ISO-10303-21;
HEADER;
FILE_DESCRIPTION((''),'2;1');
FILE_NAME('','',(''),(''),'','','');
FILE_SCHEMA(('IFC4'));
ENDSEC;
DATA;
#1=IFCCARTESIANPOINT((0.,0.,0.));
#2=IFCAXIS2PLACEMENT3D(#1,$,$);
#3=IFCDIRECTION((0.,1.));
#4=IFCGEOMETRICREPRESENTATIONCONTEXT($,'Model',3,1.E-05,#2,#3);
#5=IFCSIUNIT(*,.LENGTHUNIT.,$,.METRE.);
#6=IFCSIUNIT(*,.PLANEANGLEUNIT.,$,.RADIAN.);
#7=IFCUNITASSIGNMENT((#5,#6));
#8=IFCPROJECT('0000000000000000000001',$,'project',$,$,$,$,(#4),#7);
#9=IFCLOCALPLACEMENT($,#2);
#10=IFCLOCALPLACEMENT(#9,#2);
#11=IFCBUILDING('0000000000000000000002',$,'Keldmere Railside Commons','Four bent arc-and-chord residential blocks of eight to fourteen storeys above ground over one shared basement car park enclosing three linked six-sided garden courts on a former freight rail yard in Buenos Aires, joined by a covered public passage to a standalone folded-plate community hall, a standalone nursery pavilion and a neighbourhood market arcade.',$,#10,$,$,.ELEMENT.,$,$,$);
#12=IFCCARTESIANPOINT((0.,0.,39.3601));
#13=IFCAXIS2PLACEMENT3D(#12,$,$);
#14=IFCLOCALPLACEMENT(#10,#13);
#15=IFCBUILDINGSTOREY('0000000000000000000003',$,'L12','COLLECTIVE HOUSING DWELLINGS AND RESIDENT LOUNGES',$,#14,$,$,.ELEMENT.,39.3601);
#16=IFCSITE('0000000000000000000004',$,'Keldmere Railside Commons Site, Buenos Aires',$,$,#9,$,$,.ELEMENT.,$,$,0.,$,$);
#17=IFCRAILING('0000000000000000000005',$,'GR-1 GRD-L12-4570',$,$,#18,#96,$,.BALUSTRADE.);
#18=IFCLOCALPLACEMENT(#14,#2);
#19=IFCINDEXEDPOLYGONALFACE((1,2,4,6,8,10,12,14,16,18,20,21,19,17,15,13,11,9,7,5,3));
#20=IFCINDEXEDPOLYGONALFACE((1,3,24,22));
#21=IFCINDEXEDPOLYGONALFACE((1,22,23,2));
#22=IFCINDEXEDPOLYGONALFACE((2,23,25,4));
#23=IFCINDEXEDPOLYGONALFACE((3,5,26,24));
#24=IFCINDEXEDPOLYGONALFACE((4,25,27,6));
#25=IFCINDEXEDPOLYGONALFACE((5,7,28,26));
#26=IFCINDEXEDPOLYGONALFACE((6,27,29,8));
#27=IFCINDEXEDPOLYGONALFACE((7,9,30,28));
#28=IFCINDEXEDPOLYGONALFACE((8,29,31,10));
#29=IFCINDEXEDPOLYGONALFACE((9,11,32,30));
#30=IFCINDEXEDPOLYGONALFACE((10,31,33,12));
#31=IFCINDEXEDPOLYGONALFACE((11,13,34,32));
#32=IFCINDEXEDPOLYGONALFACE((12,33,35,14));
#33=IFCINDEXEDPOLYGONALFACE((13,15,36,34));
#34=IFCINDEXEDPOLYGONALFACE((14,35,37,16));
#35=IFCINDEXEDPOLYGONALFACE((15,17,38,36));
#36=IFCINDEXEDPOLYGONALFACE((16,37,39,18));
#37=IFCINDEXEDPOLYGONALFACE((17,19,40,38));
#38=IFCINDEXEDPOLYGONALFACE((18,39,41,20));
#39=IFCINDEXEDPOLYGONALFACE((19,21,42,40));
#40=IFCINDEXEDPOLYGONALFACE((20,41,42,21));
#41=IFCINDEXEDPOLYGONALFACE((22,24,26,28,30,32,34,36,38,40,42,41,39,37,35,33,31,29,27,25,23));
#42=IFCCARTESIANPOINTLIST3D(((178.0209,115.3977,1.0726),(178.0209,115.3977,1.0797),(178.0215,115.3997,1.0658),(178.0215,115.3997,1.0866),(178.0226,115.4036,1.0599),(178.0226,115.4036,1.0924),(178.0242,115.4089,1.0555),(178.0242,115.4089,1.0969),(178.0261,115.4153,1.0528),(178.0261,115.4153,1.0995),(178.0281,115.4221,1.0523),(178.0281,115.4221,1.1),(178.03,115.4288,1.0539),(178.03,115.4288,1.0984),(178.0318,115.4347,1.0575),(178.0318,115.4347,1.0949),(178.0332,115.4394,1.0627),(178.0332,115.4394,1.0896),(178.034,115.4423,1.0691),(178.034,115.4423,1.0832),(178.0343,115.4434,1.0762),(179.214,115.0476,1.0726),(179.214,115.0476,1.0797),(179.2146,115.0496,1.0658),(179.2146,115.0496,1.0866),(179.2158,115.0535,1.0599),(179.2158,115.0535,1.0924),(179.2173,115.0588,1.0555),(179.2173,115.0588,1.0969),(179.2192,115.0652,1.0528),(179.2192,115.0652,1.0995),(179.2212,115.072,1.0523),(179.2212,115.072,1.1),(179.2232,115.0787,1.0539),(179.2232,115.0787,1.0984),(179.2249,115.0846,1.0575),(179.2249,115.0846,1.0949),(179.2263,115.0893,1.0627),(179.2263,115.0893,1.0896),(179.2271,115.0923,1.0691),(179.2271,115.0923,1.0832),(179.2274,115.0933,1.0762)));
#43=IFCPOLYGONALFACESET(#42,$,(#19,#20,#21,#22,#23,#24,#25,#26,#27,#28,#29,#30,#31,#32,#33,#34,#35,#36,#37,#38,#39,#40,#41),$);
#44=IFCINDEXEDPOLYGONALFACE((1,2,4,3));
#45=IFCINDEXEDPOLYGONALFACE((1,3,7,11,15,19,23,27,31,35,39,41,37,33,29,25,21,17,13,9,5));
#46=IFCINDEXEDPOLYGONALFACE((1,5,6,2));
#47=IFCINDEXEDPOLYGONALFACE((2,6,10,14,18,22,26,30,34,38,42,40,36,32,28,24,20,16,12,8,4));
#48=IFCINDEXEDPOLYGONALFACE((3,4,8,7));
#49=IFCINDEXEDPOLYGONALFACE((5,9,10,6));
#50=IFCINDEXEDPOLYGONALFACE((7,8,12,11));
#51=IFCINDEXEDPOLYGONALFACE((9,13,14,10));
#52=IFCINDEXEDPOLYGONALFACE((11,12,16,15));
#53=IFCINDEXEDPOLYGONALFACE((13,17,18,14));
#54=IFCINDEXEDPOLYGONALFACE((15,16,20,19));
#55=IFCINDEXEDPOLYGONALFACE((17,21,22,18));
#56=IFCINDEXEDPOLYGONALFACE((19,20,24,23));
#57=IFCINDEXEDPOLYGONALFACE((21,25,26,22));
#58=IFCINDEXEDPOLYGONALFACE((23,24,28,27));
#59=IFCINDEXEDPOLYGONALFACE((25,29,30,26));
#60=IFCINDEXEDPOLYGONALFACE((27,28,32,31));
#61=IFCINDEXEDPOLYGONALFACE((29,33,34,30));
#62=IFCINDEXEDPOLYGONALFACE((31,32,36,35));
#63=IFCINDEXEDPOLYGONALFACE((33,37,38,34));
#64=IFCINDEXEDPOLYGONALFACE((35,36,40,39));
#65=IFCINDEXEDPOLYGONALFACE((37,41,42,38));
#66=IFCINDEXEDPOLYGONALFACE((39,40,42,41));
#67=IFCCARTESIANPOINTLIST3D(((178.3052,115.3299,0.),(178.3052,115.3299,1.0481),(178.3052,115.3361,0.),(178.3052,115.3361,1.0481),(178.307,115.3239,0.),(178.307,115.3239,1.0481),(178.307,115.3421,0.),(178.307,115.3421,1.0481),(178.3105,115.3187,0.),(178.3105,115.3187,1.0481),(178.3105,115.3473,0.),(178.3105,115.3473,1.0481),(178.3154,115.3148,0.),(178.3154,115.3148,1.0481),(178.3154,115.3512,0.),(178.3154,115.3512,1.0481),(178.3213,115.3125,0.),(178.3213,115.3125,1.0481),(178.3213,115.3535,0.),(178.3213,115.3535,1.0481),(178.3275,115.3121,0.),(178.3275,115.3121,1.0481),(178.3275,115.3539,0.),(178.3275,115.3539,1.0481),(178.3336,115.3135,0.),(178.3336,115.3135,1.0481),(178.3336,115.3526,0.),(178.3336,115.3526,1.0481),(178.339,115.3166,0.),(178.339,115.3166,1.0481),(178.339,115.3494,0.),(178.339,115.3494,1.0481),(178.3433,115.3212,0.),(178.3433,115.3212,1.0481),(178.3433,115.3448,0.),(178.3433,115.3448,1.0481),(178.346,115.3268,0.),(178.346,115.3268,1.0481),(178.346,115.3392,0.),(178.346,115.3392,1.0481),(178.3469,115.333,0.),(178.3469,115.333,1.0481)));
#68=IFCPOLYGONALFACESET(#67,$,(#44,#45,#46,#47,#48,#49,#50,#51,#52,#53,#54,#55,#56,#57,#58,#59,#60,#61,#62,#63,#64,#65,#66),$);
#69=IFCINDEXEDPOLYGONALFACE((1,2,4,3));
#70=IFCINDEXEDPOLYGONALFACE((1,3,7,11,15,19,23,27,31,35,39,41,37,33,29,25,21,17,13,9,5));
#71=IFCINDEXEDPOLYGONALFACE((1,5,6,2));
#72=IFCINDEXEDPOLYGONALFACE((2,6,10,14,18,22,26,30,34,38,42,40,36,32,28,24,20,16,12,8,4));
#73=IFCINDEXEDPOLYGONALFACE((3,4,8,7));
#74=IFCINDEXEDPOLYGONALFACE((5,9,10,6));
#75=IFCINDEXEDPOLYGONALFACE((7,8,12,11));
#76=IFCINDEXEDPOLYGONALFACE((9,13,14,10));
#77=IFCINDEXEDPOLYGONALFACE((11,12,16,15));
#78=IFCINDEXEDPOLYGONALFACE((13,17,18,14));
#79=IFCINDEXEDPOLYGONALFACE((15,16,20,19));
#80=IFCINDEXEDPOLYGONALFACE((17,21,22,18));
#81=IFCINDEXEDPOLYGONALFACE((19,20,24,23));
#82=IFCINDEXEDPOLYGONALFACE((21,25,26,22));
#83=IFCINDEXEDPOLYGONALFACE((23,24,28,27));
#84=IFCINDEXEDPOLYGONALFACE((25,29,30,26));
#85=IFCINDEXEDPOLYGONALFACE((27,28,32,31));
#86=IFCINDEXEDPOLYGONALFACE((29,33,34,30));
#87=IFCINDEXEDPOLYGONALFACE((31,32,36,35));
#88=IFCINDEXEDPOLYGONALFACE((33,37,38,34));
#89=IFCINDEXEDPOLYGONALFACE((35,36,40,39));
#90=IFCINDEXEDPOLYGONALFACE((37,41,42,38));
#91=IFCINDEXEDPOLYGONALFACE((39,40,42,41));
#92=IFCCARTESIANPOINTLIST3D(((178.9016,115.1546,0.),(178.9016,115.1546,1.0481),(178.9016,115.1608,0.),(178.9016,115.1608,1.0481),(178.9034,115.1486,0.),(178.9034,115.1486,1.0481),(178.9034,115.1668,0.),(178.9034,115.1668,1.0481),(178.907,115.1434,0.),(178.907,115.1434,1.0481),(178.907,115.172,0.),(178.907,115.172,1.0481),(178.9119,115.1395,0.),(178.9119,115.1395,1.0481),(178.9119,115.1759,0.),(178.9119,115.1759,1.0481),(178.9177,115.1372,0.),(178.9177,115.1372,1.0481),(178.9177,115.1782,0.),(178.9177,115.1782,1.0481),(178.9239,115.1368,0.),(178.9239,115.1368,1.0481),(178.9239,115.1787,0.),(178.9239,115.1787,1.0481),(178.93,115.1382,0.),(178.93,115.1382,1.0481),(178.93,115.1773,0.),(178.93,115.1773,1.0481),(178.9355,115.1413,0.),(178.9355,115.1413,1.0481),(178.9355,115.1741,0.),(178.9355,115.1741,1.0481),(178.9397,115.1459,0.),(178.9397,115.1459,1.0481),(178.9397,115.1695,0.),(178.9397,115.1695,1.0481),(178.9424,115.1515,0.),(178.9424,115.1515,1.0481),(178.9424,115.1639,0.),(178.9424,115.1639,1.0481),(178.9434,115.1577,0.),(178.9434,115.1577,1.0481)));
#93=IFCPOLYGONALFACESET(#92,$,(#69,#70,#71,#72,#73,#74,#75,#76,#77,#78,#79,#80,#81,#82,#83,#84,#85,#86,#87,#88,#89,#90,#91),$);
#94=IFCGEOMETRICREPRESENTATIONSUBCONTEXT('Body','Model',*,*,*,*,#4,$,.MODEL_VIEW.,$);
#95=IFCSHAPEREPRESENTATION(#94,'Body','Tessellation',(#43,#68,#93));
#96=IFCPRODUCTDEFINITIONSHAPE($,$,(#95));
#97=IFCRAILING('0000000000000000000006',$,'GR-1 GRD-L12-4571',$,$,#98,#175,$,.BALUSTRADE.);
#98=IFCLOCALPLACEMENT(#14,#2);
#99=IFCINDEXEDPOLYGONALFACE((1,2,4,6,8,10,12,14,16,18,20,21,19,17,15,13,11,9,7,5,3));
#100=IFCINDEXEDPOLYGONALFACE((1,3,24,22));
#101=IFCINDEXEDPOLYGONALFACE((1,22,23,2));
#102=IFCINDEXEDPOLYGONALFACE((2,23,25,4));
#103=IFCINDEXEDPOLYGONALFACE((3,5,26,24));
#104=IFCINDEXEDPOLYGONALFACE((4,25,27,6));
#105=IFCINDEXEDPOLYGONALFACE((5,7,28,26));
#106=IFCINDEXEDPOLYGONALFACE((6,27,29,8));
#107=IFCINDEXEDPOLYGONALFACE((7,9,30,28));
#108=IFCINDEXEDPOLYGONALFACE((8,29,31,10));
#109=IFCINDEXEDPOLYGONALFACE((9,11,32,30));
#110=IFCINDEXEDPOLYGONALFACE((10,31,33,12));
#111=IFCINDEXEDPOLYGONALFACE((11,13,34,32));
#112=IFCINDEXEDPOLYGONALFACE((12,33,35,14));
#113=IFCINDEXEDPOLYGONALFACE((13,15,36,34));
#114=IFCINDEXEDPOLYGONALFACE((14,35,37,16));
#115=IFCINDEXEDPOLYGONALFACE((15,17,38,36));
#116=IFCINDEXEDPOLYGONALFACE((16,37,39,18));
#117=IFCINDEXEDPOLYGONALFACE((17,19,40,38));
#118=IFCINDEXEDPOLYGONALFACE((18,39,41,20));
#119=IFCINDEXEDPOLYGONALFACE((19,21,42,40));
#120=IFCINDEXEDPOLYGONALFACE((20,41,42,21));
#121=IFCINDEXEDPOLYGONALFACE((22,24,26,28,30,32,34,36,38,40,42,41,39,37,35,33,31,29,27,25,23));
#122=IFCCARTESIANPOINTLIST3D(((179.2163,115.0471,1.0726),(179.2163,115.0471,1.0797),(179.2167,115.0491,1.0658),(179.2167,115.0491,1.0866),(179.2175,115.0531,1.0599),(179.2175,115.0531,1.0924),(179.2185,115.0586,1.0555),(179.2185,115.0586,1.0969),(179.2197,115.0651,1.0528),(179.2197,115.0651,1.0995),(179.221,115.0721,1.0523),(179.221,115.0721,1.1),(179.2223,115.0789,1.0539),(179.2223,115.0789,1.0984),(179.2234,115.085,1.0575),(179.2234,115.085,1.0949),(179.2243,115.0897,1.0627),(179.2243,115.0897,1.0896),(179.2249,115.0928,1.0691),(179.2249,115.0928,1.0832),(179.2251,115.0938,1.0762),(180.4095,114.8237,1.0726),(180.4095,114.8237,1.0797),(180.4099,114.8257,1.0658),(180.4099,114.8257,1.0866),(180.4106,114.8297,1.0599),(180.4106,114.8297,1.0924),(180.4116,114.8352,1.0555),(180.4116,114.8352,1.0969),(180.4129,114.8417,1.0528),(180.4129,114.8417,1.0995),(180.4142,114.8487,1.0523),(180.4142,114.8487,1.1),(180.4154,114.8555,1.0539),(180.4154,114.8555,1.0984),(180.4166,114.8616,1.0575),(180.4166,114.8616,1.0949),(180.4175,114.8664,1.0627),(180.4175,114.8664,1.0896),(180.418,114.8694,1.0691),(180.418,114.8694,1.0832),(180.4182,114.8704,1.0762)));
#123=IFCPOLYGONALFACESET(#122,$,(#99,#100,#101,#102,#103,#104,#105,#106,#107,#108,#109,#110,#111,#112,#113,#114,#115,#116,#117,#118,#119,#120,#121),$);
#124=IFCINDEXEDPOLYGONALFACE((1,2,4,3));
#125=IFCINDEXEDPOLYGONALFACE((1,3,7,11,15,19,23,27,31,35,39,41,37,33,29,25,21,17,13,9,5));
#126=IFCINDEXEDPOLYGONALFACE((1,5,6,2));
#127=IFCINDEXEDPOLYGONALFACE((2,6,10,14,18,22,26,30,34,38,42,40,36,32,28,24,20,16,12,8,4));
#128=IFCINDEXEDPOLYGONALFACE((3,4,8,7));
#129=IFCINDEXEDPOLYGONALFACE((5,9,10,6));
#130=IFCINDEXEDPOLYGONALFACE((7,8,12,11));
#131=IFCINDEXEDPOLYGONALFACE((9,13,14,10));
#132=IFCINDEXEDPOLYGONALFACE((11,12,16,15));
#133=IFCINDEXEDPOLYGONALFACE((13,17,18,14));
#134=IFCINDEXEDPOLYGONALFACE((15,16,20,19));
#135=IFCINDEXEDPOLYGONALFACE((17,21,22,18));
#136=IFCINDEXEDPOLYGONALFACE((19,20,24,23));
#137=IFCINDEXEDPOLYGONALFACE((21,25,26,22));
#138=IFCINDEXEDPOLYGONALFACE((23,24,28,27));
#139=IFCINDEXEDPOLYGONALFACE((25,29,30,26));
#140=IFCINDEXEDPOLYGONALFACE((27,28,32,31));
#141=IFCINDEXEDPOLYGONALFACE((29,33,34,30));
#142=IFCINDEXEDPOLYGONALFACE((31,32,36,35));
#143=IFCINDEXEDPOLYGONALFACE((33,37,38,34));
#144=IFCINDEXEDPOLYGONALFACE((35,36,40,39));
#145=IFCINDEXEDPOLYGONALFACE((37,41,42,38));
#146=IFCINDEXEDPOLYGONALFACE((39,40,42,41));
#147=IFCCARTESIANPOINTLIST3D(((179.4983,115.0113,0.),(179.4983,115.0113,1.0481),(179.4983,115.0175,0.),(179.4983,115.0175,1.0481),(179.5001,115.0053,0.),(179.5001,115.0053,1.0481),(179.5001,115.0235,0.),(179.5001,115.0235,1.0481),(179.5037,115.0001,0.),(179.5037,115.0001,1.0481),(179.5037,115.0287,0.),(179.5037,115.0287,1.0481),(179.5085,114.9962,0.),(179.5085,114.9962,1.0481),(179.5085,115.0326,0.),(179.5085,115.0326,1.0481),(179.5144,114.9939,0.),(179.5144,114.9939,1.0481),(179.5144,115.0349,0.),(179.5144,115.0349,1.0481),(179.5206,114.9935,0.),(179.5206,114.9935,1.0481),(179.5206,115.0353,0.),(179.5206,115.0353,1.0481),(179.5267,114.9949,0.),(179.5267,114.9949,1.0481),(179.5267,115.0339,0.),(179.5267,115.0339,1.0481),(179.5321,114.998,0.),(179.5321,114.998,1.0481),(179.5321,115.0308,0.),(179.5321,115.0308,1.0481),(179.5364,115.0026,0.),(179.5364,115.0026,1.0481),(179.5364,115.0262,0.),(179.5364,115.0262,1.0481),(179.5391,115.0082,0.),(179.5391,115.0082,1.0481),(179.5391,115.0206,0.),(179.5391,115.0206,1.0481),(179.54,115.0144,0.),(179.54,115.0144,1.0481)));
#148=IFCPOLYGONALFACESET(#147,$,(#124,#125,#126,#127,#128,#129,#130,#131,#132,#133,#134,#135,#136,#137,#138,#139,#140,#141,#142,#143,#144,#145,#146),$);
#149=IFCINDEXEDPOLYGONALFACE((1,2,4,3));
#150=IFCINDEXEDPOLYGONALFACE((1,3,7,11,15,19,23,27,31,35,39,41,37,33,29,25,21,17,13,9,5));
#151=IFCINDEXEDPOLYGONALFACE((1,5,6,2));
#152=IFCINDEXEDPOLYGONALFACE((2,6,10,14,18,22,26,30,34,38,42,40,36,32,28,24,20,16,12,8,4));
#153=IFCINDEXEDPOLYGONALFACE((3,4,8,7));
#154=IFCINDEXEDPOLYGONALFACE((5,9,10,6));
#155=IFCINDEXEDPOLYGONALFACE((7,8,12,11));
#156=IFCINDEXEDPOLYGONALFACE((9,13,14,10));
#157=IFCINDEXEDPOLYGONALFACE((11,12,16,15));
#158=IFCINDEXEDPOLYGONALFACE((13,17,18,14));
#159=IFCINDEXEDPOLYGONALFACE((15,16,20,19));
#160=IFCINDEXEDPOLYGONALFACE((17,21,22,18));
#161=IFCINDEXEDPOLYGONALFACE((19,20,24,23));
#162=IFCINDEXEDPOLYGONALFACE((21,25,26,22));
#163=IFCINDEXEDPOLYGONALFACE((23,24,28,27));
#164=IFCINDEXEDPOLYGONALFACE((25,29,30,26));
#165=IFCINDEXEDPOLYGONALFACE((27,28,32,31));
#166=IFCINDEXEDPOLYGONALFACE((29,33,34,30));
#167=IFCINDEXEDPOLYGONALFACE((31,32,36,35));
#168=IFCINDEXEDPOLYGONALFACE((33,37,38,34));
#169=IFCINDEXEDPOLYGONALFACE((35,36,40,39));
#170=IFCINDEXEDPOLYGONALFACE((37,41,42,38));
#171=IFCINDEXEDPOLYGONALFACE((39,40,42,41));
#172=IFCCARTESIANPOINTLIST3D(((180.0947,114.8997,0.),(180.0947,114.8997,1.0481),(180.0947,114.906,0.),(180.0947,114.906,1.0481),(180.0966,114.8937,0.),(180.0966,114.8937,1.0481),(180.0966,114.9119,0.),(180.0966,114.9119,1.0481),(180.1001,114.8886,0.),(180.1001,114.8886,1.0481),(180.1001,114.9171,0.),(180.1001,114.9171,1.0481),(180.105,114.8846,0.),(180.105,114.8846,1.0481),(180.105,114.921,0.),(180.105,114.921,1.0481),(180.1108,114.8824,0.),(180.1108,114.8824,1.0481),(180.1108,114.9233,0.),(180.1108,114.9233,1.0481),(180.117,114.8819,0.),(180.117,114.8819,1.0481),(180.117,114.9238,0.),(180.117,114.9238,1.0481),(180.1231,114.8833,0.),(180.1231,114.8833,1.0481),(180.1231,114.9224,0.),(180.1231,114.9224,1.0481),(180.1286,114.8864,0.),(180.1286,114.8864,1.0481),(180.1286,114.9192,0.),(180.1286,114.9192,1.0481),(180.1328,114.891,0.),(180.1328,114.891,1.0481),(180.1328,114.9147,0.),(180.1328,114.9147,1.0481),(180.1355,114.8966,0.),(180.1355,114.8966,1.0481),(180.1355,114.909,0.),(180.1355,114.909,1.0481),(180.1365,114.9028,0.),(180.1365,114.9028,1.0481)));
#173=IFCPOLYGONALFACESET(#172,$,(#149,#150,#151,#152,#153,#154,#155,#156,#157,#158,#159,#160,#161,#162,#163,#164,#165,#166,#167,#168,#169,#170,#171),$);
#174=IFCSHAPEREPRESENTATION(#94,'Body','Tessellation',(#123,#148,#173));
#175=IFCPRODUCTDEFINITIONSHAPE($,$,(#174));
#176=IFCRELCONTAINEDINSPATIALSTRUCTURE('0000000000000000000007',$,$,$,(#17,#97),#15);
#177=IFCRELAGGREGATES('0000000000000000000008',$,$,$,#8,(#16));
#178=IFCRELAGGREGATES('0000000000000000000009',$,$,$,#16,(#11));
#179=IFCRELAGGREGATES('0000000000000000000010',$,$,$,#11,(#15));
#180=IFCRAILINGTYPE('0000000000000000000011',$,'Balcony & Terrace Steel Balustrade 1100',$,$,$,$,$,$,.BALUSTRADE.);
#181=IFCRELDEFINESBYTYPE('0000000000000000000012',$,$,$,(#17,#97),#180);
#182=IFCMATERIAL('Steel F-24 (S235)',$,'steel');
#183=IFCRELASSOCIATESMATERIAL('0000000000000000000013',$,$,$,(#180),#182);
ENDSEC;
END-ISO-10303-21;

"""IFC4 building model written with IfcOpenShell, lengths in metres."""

from ifc_helpers import new_model, si_unit, direction, frame, origin, origin_2d, place, context, subcontext, project, spatial, circle, extrude, material, type_object, element, save


model = new_model("IFC4")

# Units and contexts
model_context = context("Model", 3, precision=1e-05, world=origin(), true_north=direction((0.0, 1.0)))
body_context = subcontext(model_context, "Body", "Model", "MODEL_VIEW")
ifc_project = project(units=[si_unit("LENGTHUNIT", "METRE"), si_unit("PLANEANGLEUNIT", "RADIAN")], contexts=[model_context])

# Site, building, storey
site_placement = place(None, origin())
site = spatial("IfcSite", under=ifc_project, at=site_placement, Name="Keldmere Railside Commons Site, Buenos Aires", CompositionType="ELEMENT", RefElevation=0.0)
building_placement = place(site_placement, origin())
building = spatial("IfcBuilding", under=site, at=building_placement, Name="Keldmere Railside Commons", Description="Four bent arc-and-chord residential blocks of eight to fourteen storeys above ground over one shared basement car park enclosing three linked six-sided garden courts on a former freight rail yard in Buenos Aires, joined by a covered public passage to a standalone folded-plate community hall, a standalone nursery pavilion and a neighbourhood market arcade.", CompositionType="ELEMENT")
storey_placement = place(building_placement, frame((0.0, 0.0, 39.3601)))
storey = spatial("IfcBuildingStorey", under=building, at=storey_placement, Name="L12", Description="COLLECTIVE HOUSING DWELLINGS AND RESIDENT LOUNGES", CompositionType="ELEMENT", Elevation=39.3601)

# Railings
ifc_material_1 = material(Name="Steel F-24 (S235)", Category="steel")
railing_type = type_object("IfcRailingType", Name="Balcony & Terrace Steel Balustrade 1100", PredefinedType="BALUSTRADE", material=ifc_material_1)
railing_1_placement = place(storey_placement, frame((178.0276, 115.4204, 0.0)))
element("IfcRailing", 1, at=railing_1_placement, inside=storey, type_object=railing_type, Name="GR-1 GRD-L12-4570", PredefinedType="BALUSTRADE", context=body_context, shape_type="SweptSolid", body=[
    extrude(circle(Radius=0.0239, at=origin_2d()), frame((0.0, 0.0, 1.0762), z_axis=(0.959544, -0.28156, 0.0), x_axis=(0.28156, 0.959544, 0.0)), (0.0, 0.0, 1.0), 1.2434),
    extrude(circle(Radius=0.021, at=origin_2d()), frame((0.2983, -0.0874, 0.0)), (0.0, 0.0, 1.0), 1.0481),
    extrude(circle(Radius=0.021, at=origin_2d()), frame((0.8948, -0.2627, 0.0)), (0.0, 0.0, 1.0), 1.0481),
])
railing_2_placement = place(storey_placement, frame((179.2207, 115.0703, 0.0)))
element("IfcRailing", 2, at=railing_2_placement, inside=storey, type_object=railing_type, Name="GR-1 GRD-L12-4571", PredefinedType="BALUSTRADE", context=body_context, shape_type="SweptSolid", body=[
    extrude(circle(Radius=0.0239, at=origin_2d()), frame((0.0, 0.0, 1.0762), z_axis=(0.98292, -0.184034, 0.0), x_axis=(0.184034, 0.98292, 0.0)), (0.0, 0.0, 1.0), 1.2139),
    extrude(circle(Radius=0.021, at=origin_2d()), frame((0.2983, -0.0559, 0.0)), (0.0, 0.0, 1.0), 1.0481),
    extrude(circle(Radius=0.021, at=origin_2d()), frame((0.8948, -0.1675, 0.0)), (0.0, 0.0, 1.0), 1.0481),
])

save(model, "model.ifc")
